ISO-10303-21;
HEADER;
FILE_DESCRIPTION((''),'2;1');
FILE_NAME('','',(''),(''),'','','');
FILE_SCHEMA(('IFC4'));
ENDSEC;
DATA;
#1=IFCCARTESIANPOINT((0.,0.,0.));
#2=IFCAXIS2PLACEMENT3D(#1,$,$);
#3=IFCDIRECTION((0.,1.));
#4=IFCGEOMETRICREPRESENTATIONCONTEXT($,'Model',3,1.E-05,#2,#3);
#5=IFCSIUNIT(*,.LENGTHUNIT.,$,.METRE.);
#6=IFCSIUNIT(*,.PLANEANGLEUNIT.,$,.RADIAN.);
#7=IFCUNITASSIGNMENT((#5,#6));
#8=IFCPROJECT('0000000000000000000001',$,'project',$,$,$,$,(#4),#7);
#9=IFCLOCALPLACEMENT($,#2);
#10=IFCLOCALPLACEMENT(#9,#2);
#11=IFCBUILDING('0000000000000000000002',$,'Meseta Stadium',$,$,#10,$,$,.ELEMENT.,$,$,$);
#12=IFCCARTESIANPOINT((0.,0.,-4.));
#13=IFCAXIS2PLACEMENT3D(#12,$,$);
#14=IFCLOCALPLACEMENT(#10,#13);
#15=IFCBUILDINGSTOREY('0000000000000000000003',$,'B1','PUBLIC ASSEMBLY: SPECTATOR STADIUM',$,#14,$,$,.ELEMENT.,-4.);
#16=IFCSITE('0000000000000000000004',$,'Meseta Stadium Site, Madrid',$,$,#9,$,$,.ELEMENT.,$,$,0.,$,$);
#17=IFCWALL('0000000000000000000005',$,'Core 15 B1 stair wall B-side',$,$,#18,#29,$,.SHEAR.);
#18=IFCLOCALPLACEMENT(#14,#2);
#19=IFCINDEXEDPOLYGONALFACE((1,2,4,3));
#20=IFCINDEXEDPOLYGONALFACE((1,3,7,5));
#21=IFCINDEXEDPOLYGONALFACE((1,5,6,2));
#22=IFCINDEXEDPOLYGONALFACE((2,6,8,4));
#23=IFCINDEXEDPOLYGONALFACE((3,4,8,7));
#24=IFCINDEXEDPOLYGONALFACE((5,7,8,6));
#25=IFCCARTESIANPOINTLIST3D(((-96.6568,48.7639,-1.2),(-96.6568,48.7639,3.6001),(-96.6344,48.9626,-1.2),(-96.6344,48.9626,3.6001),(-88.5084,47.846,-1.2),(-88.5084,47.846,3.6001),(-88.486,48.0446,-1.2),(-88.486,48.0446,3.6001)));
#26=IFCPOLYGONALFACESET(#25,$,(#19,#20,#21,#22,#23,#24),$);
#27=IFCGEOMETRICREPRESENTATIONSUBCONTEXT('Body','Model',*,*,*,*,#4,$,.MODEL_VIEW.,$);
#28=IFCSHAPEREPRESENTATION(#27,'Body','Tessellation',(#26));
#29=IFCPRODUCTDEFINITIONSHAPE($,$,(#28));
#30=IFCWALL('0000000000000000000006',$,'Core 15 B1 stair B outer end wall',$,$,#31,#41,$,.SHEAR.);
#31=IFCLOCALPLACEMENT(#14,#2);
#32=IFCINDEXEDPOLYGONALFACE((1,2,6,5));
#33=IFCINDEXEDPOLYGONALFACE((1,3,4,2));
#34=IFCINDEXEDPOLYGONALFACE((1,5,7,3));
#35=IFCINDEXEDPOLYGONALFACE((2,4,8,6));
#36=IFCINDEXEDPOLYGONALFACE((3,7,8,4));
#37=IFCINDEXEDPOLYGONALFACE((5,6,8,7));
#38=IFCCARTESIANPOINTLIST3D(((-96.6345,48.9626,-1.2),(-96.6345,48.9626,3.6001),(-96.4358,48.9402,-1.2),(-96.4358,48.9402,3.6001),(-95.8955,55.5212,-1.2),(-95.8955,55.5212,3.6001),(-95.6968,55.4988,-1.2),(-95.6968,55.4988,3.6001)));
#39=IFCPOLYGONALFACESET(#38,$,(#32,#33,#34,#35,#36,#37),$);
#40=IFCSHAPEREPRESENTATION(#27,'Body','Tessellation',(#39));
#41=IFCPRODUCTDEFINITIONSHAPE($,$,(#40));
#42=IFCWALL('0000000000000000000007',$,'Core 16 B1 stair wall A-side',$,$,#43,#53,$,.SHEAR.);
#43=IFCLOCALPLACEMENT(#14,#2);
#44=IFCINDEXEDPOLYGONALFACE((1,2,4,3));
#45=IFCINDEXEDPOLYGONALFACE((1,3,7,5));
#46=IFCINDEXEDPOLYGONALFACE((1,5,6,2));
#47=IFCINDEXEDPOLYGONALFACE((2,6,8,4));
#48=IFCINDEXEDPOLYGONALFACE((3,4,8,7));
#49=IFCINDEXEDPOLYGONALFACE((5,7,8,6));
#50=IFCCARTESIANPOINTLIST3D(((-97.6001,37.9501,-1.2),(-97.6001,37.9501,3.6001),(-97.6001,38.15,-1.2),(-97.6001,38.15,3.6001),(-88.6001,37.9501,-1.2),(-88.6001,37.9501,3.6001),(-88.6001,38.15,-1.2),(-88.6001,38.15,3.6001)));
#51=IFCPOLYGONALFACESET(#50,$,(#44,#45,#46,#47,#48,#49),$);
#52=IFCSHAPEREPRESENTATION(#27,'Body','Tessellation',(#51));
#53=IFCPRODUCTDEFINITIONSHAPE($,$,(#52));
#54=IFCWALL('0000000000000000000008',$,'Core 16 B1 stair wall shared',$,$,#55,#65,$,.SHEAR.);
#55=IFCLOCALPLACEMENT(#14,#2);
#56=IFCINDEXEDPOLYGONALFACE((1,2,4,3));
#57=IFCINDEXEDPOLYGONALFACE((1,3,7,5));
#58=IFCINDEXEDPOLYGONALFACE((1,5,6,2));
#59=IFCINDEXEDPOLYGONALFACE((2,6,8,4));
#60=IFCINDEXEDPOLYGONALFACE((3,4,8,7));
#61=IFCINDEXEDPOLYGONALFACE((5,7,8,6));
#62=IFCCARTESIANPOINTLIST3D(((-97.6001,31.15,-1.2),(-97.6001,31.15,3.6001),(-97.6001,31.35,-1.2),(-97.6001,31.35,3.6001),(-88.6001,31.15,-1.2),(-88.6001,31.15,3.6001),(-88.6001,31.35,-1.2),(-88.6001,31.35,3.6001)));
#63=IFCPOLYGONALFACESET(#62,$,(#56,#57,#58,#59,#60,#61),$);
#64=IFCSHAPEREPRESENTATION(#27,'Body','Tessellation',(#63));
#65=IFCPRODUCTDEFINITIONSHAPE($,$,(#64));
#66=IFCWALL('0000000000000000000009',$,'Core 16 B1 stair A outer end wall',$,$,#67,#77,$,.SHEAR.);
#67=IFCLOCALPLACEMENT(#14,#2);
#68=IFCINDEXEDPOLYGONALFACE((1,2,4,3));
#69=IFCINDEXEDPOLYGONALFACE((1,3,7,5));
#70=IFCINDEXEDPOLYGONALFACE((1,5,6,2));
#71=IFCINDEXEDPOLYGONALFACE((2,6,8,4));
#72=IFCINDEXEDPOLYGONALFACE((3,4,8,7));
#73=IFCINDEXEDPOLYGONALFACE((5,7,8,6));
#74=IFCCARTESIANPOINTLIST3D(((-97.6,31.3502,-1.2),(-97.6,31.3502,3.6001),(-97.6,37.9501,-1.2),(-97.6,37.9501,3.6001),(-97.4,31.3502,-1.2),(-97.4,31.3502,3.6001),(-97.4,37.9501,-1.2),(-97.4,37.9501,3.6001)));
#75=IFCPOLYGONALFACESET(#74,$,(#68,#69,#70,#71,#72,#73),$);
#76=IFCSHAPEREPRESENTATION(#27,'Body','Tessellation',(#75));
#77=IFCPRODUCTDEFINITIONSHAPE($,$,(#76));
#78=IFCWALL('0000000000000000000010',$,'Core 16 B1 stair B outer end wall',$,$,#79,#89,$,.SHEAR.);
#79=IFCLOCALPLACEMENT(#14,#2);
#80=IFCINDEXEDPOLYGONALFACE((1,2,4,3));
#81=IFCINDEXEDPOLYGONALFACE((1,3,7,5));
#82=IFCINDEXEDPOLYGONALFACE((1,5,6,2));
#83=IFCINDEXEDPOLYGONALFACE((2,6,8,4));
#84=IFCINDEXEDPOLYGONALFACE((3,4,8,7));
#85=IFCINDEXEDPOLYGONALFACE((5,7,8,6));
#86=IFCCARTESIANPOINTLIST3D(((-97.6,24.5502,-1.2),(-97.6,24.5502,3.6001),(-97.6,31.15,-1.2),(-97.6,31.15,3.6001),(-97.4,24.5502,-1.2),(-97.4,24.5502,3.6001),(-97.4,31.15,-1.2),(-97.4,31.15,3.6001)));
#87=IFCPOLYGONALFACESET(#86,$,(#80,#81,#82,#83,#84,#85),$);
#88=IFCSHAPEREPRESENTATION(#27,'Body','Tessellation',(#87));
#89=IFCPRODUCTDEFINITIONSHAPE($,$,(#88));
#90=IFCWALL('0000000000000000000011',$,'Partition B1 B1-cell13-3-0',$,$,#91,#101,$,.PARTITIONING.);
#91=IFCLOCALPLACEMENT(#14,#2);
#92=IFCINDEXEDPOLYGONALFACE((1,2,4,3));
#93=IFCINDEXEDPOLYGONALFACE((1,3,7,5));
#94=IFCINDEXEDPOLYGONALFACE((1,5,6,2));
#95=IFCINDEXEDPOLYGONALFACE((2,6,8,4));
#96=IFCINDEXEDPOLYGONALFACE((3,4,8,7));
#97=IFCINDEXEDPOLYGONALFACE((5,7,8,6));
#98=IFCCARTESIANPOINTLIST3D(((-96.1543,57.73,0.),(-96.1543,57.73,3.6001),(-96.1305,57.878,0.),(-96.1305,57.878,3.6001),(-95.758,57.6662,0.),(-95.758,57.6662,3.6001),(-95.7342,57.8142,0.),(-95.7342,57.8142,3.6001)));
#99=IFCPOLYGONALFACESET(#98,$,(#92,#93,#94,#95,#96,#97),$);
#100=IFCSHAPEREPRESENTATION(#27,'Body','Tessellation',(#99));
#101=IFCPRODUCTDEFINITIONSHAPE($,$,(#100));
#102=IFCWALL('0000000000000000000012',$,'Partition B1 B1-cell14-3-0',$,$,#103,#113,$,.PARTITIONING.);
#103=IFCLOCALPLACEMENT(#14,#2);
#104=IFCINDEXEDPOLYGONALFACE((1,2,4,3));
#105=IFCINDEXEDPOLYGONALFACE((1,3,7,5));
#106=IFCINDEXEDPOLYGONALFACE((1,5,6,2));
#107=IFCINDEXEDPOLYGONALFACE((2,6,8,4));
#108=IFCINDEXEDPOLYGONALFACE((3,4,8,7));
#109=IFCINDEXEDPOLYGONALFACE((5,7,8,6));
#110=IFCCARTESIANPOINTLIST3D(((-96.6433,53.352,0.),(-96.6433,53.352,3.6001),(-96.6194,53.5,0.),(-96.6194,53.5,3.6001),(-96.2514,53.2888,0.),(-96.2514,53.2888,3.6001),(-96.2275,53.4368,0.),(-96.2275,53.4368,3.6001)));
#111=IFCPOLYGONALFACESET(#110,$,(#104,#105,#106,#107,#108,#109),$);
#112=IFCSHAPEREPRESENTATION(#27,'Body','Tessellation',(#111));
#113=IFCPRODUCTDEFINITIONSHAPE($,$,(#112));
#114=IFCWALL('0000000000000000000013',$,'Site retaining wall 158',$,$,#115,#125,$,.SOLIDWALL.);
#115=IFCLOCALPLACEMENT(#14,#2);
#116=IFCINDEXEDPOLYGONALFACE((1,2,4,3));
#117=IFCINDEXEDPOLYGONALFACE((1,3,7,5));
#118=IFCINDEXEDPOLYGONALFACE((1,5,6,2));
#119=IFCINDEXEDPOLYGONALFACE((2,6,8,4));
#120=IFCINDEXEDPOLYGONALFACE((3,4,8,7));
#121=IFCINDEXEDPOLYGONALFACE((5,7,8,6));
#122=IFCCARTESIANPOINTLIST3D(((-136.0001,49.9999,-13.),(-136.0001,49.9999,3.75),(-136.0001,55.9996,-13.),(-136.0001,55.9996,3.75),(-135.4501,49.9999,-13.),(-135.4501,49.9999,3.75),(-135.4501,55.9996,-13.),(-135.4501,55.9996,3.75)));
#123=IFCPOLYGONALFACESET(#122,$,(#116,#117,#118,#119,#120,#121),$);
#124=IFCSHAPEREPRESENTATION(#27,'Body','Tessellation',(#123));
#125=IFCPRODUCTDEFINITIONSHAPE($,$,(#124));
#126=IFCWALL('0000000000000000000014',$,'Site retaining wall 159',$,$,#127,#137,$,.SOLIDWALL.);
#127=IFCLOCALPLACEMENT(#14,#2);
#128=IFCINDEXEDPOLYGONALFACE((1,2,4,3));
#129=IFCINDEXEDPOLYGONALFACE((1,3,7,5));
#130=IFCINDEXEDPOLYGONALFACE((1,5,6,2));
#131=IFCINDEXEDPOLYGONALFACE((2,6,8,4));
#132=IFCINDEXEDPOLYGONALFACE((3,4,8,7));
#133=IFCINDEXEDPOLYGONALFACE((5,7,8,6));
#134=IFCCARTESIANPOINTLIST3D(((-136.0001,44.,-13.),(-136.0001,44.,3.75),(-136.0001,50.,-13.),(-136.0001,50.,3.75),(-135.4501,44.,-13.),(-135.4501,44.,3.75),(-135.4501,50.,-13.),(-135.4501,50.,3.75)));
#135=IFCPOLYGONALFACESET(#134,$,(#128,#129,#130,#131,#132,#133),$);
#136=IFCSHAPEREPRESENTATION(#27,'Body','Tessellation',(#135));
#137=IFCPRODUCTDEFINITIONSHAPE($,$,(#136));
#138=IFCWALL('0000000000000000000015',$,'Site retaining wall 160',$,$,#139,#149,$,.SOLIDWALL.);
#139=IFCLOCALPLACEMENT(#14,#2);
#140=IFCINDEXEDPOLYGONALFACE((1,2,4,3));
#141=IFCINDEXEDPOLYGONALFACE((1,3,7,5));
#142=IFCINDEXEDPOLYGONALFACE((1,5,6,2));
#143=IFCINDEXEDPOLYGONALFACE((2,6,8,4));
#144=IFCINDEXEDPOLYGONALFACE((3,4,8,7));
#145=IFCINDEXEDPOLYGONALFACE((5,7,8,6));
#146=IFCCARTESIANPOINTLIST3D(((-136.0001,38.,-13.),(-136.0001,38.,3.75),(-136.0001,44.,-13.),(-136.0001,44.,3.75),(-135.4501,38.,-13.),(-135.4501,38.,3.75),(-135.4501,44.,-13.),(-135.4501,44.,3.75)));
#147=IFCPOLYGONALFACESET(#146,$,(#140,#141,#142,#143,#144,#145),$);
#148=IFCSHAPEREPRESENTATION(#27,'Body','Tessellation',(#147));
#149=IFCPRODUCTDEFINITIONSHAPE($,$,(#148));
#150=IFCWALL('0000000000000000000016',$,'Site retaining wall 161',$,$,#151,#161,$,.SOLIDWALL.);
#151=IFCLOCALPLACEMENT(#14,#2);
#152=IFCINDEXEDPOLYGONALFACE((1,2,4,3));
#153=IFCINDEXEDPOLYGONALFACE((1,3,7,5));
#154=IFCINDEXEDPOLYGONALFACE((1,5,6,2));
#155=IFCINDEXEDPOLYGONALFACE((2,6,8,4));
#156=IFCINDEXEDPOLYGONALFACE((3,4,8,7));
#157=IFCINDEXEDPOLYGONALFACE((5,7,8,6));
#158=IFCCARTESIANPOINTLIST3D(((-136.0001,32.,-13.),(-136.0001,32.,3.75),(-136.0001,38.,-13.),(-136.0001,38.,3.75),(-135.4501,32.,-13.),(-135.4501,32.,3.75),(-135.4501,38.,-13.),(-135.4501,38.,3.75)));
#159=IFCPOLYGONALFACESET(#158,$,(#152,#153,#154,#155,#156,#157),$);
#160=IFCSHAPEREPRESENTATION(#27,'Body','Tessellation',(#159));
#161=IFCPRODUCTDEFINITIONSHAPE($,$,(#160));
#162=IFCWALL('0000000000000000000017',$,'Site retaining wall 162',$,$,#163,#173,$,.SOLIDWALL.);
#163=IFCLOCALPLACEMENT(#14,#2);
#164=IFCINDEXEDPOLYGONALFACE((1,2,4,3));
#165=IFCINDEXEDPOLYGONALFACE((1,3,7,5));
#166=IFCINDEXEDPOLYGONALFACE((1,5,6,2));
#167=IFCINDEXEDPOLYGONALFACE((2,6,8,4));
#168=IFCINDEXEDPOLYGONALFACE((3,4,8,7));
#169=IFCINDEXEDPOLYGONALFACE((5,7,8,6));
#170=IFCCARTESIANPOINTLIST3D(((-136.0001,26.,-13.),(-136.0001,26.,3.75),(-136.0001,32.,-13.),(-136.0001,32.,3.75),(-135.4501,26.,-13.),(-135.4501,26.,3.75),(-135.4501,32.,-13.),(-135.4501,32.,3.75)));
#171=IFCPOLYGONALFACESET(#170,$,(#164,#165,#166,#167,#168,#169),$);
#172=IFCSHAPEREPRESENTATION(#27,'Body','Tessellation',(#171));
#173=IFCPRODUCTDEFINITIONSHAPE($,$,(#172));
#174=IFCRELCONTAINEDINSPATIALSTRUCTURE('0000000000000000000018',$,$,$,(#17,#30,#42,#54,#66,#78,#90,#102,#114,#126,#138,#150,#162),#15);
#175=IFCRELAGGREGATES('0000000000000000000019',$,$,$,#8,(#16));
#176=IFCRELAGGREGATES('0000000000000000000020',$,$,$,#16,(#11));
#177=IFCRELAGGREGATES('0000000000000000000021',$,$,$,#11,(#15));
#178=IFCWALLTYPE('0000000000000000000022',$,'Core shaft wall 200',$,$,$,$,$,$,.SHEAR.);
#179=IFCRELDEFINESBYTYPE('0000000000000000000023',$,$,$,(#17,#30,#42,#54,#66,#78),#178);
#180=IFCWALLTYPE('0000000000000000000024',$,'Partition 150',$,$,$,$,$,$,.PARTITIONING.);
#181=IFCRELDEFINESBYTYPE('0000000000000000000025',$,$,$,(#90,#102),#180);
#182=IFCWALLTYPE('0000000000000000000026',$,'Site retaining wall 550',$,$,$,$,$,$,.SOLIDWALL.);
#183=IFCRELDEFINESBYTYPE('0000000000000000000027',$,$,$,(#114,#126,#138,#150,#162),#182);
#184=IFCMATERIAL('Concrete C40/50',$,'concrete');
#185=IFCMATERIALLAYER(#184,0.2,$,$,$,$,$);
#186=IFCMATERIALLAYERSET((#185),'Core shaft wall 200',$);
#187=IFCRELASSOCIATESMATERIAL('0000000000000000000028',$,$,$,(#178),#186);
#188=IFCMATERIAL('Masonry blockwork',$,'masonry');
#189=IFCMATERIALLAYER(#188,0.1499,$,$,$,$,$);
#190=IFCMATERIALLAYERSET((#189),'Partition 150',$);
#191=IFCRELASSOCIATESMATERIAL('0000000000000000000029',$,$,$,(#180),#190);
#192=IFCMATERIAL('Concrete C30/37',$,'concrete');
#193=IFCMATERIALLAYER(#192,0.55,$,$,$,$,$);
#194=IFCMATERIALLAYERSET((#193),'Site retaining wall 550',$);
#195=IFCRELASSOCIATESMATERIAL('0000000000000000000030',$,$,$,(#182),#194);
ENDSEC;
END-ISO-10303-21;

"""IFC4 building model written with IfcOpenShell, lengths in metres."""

from ifc_helpers import new_model, si_unit, direction, frame, frame_2d, origin, place, context, subcontext, project, spatial, rectangle, extrude, material, layer, layer_set, type_object, element, save


model = new_model("IFC4")

# Units and contexts
model_context = context("Model", 3, precision=1e-05, world=origin(), true_north=direction((0.0, 1.0)))
body_context = subcontext(model_context, "Body", "Model", "MODEL_VIEW")
ifc_project = project(units=[si_unit("LENGTHUNIT", "METRE"), si_unit("PLANEANGLEUNIT", "RADIAN")], contexts=[model_context])

# Site, building, storey
site_placement = place(None, origin())
site = spatial("IfcSite", under=ifc_project, at=site_placement, Name="Meseta Stadium Site, Madrid", CompositionType="ELEMENT", RefElevation=0.0)
building_placement = place(site_placement, origin())
building = spatial("IfcBuilding", under=site, at=building_placement, Name="Meseta Stadium", CompositionType="ELEMENT")
storey_placement = place(building_placement, frame((0.0, 0.0, -4.0)))
storey = spatial("IfcBuildingStorey", under=building, at=storey_placement, Name="B1", Description="PUBLIC ASSEMBLY: SPECTATOR STADIUM", CompositionType="ELEMENT", Elevation=-4.0)

# Walls
ifc_material_1 = material(Name="Concrete C40/50", Category="concrete")
ifc_layer_1 = layer(ifc_material_1, 0.2)
ifc_layer_set_1 = layer_set([ifc_layer_1], Name="Core shaft wall 200")
wall_type_1 = type_object("IfcWallType", Name="Core shaft wall 200", PredefinedType="SHEAR", material=ifc_layer_set_1)
wall_1_placement = place(storey_placement, frame((-96.6458, 48.8633, -1.2), z_axis=(0.0, 0.0, 1.0), x_axis=(0.993714, -0.111948, 0.0)))
element("IfcWall", 1, at=wall_1_placement, inside=storey, type_object=wall_type_1, Name="Core 15 B1 stair wall B-side", PredefinedType="SHEAR", context=body_context, shape_type="SweptSolid", body=[
    extrude(rectangle(XDim=8.2, YDim=0.2, at=frame_2d((4.1001, 0.0))), origin(), (0.0, 0.0, 1.0), 4.8),
])
wall_2_placement = place(storey_placement, frame((-95.7961, 55.51, -1.2), z_axis=(0.0, 0.0, 1.0), x_axis=(-0.11197, -0.993712, 0.0)))
element("IfcWall", 2, at=wall_2_placement, inside=storey, type_object=wall_type_1, Name="Core 15 B1 stair B outer end wall", PredefinedType="SHEAR", context=body_context, shape_type="SweptSolid", body=[
    extrude(rectangle(XDim=6.6001, YDim=0.2, at=frame_2d((3.3, 0.0))), origin(), (0.0, 0.0, 1.0), 4.8),
])
for number, where, z_axis, x_axis, name in (
    (3, (-97.6001, 38.05, -1.2), (0.0, 0.0, 1.0), (1.0, 0.0, 0.0), "Core 16 B1 stair wall A-side"),
    (4, (-97.6001, 31.25, -1.2), (0.0, 0.0, 1.0), (1.0, 0.0, 0.0), "Core 16 B1 stair wall shared"),
):
    element("IfcWall", number, at=place(storey_placement, frame(where, z_axis=z_axis, x_axis=x_axis)), inside=storey, type_object=wall_type_1, Name=name, PredefinedType="SHEAR", context=body_context, shape_type="SweptSolid", body=[
        extrude(rectangle(XDim=9.0, YDim=0.2, at=frame_2d((4.5, 0.0))), origin(), (0.0, 0.0, 1.0), 4.8),
    ])
for number, where, z_axis, x_axis, name in (
    (5, (-97.5, 37.95, -1.2), (0.0, 0.0, 1.0), (0.0, -1.0, 0.0), "Core 16 B1 stair A outer end wall"),
    (6, (-97.5, 31.1499, -1.2), (0.0, 0.0, 1.0), (0.0, -1.0, 0.0), "Core 16 B1 stair B outer end wall"),
):
    element("IfcWall", number, at=place(storey_placement, frame(where, z_axis=z_axis, x_axis=x_axis)), inside=storey, type_object=wall_type_1, Name=name, PredefinedType="SHEAR", context=body_context, shape_type="SweptSolid", body=[
        extrude(rectangle(XDim=6.5999, YDim=0.2, at=frame_2d((3.2998, 0.0))), origin(), (0.0, 0.0, 1.0), 4.8),
    ])
ifc_material_2 = material(Name="Masonry blockwork", Category="masonry")
ifc_layer_2 = layer(ifc_material_2, 0.1499)
ifc_layer_set_2 = layer_set([ifc_layer_2], Name="Partition 150")
wall_type_2 = type_object("IfcWallType", Name="Partition 150", PredefinedType="PARTITIONING", material=ifc_layer_set_2)
wall_3_placement = place(storey_placement, frame((-95.7461, 57.7402, 0.0), z_axis=(0.0, 0.0, 1.0), x_axis=(-0.987315, 0.158773, 0.0)))
element("IfcWall", 7, at=wall_3_placement, inside=storey, type_object=wall_type_2, Name="Partition B1 B1-cell13-3-0", PredefinedType="PARTITIONING", context=body_context, shape_type="SweptSolid", body=[
    extrude(rectangle(XDim=0.4014, YDim=0.1499, at=frame_2d((0.2007, 0.0))), origin(), (0.0, 0.0, 1.0), 3.6001),
])
wall_4_placement = place(storey_placement, frame((-96.6313, 53.426, 0.0), z_axis=(0.0, 0.0, 1.0), x_axis=(0.987229, -0.15931, 0.0)))
element("IfcWall", 8, at=wall_4_placement, inside=storey, type_object=wall_type_2, Name="Partition B1 B1-cell14-3-0", PredefinedType="PARTITIONING", context=body_context, shape_type="SweptSolid", body=[
    extrude(rectangle(XDim=0.397, YDim=0.1499, at=frame_2d((0.1985, 0.0))), origin(), (0.0, 0.0, 1.0), 3.6001),
])
ifc_material_3 = material(Name="Concrete C30/37", Category="concrete")
ifc_layer_3 = layer(ifc_material_3, 0.55)
ifc_layer_set_3 = layer_set([ifc_layer_3], Name="Site retaining wall 550")
wall_type_3 = type_object("IfcWallType", Name="Site retaining wall 550", PredefinedType="SOLIDWALL", material=ifc_layer_set_3)
wall_5_placement = place(storey_placement, frame((-135.7251, 55.9998, -13.0), z_axis=(0.0, 0.0, 1.0), x_axis=(0.0, -1.0, 0.0)))
element("IfcWall", 9, at=wall_5_placement, inside=storey, type_object=wall_type_3, Name="Site retaining wall 158", PredefinedType="SOLIDWALL", context=body_context, shape_type="SweptSolid", body=[
    extrude(rectangle(XDim=5.9998, YDim=0.55, at=frame_2d((3.0, 0.0))), origin(), (0.0, 0.0, 1.0), 16.75),
])
for number, where, z_axis, x_axis, name in (
    (10, (-135.7251, 50.0, -13.0), (0.0, 0.0, 1.0), (0.0, -1.0, 0.0), "Site retaining wall 159"),
    (11, (-135.7251, 44.0, -13.0), (0.0, 0.0, 1.0), (0.0, -1.0, 0.0), "Site retaining wall 160"),
    (12, (-135.7251, 38.0, -13.0), (0.0, 0.0, 1.0), (0.0, -1.0, 0.0), "Site retaining wall 161"),
    (13, (-135.7251, 32.0, -13.0), (0.0, 0.0, 1.0), (0.0, -1.0, 0.0), "Site retaining wall 162"),
):
    element("IfcWall", number, at=place(storey_placement, frame(where, z_axis=z_axis, x_axis=x_axis)), inside=storey, type_object=wall_type_3, Name=name, PredefinedType="SOLIDWALL", context=body_context, shape_type="SweptSolid", body=[
        extrude(rectangle(XDim=6.0, YDim=0.55, at=frame_2d((3.0, 0.0))), origin(), (0.0, 0.0, 1.0), 16.75),
    ])

save(model, "model.ifc")
